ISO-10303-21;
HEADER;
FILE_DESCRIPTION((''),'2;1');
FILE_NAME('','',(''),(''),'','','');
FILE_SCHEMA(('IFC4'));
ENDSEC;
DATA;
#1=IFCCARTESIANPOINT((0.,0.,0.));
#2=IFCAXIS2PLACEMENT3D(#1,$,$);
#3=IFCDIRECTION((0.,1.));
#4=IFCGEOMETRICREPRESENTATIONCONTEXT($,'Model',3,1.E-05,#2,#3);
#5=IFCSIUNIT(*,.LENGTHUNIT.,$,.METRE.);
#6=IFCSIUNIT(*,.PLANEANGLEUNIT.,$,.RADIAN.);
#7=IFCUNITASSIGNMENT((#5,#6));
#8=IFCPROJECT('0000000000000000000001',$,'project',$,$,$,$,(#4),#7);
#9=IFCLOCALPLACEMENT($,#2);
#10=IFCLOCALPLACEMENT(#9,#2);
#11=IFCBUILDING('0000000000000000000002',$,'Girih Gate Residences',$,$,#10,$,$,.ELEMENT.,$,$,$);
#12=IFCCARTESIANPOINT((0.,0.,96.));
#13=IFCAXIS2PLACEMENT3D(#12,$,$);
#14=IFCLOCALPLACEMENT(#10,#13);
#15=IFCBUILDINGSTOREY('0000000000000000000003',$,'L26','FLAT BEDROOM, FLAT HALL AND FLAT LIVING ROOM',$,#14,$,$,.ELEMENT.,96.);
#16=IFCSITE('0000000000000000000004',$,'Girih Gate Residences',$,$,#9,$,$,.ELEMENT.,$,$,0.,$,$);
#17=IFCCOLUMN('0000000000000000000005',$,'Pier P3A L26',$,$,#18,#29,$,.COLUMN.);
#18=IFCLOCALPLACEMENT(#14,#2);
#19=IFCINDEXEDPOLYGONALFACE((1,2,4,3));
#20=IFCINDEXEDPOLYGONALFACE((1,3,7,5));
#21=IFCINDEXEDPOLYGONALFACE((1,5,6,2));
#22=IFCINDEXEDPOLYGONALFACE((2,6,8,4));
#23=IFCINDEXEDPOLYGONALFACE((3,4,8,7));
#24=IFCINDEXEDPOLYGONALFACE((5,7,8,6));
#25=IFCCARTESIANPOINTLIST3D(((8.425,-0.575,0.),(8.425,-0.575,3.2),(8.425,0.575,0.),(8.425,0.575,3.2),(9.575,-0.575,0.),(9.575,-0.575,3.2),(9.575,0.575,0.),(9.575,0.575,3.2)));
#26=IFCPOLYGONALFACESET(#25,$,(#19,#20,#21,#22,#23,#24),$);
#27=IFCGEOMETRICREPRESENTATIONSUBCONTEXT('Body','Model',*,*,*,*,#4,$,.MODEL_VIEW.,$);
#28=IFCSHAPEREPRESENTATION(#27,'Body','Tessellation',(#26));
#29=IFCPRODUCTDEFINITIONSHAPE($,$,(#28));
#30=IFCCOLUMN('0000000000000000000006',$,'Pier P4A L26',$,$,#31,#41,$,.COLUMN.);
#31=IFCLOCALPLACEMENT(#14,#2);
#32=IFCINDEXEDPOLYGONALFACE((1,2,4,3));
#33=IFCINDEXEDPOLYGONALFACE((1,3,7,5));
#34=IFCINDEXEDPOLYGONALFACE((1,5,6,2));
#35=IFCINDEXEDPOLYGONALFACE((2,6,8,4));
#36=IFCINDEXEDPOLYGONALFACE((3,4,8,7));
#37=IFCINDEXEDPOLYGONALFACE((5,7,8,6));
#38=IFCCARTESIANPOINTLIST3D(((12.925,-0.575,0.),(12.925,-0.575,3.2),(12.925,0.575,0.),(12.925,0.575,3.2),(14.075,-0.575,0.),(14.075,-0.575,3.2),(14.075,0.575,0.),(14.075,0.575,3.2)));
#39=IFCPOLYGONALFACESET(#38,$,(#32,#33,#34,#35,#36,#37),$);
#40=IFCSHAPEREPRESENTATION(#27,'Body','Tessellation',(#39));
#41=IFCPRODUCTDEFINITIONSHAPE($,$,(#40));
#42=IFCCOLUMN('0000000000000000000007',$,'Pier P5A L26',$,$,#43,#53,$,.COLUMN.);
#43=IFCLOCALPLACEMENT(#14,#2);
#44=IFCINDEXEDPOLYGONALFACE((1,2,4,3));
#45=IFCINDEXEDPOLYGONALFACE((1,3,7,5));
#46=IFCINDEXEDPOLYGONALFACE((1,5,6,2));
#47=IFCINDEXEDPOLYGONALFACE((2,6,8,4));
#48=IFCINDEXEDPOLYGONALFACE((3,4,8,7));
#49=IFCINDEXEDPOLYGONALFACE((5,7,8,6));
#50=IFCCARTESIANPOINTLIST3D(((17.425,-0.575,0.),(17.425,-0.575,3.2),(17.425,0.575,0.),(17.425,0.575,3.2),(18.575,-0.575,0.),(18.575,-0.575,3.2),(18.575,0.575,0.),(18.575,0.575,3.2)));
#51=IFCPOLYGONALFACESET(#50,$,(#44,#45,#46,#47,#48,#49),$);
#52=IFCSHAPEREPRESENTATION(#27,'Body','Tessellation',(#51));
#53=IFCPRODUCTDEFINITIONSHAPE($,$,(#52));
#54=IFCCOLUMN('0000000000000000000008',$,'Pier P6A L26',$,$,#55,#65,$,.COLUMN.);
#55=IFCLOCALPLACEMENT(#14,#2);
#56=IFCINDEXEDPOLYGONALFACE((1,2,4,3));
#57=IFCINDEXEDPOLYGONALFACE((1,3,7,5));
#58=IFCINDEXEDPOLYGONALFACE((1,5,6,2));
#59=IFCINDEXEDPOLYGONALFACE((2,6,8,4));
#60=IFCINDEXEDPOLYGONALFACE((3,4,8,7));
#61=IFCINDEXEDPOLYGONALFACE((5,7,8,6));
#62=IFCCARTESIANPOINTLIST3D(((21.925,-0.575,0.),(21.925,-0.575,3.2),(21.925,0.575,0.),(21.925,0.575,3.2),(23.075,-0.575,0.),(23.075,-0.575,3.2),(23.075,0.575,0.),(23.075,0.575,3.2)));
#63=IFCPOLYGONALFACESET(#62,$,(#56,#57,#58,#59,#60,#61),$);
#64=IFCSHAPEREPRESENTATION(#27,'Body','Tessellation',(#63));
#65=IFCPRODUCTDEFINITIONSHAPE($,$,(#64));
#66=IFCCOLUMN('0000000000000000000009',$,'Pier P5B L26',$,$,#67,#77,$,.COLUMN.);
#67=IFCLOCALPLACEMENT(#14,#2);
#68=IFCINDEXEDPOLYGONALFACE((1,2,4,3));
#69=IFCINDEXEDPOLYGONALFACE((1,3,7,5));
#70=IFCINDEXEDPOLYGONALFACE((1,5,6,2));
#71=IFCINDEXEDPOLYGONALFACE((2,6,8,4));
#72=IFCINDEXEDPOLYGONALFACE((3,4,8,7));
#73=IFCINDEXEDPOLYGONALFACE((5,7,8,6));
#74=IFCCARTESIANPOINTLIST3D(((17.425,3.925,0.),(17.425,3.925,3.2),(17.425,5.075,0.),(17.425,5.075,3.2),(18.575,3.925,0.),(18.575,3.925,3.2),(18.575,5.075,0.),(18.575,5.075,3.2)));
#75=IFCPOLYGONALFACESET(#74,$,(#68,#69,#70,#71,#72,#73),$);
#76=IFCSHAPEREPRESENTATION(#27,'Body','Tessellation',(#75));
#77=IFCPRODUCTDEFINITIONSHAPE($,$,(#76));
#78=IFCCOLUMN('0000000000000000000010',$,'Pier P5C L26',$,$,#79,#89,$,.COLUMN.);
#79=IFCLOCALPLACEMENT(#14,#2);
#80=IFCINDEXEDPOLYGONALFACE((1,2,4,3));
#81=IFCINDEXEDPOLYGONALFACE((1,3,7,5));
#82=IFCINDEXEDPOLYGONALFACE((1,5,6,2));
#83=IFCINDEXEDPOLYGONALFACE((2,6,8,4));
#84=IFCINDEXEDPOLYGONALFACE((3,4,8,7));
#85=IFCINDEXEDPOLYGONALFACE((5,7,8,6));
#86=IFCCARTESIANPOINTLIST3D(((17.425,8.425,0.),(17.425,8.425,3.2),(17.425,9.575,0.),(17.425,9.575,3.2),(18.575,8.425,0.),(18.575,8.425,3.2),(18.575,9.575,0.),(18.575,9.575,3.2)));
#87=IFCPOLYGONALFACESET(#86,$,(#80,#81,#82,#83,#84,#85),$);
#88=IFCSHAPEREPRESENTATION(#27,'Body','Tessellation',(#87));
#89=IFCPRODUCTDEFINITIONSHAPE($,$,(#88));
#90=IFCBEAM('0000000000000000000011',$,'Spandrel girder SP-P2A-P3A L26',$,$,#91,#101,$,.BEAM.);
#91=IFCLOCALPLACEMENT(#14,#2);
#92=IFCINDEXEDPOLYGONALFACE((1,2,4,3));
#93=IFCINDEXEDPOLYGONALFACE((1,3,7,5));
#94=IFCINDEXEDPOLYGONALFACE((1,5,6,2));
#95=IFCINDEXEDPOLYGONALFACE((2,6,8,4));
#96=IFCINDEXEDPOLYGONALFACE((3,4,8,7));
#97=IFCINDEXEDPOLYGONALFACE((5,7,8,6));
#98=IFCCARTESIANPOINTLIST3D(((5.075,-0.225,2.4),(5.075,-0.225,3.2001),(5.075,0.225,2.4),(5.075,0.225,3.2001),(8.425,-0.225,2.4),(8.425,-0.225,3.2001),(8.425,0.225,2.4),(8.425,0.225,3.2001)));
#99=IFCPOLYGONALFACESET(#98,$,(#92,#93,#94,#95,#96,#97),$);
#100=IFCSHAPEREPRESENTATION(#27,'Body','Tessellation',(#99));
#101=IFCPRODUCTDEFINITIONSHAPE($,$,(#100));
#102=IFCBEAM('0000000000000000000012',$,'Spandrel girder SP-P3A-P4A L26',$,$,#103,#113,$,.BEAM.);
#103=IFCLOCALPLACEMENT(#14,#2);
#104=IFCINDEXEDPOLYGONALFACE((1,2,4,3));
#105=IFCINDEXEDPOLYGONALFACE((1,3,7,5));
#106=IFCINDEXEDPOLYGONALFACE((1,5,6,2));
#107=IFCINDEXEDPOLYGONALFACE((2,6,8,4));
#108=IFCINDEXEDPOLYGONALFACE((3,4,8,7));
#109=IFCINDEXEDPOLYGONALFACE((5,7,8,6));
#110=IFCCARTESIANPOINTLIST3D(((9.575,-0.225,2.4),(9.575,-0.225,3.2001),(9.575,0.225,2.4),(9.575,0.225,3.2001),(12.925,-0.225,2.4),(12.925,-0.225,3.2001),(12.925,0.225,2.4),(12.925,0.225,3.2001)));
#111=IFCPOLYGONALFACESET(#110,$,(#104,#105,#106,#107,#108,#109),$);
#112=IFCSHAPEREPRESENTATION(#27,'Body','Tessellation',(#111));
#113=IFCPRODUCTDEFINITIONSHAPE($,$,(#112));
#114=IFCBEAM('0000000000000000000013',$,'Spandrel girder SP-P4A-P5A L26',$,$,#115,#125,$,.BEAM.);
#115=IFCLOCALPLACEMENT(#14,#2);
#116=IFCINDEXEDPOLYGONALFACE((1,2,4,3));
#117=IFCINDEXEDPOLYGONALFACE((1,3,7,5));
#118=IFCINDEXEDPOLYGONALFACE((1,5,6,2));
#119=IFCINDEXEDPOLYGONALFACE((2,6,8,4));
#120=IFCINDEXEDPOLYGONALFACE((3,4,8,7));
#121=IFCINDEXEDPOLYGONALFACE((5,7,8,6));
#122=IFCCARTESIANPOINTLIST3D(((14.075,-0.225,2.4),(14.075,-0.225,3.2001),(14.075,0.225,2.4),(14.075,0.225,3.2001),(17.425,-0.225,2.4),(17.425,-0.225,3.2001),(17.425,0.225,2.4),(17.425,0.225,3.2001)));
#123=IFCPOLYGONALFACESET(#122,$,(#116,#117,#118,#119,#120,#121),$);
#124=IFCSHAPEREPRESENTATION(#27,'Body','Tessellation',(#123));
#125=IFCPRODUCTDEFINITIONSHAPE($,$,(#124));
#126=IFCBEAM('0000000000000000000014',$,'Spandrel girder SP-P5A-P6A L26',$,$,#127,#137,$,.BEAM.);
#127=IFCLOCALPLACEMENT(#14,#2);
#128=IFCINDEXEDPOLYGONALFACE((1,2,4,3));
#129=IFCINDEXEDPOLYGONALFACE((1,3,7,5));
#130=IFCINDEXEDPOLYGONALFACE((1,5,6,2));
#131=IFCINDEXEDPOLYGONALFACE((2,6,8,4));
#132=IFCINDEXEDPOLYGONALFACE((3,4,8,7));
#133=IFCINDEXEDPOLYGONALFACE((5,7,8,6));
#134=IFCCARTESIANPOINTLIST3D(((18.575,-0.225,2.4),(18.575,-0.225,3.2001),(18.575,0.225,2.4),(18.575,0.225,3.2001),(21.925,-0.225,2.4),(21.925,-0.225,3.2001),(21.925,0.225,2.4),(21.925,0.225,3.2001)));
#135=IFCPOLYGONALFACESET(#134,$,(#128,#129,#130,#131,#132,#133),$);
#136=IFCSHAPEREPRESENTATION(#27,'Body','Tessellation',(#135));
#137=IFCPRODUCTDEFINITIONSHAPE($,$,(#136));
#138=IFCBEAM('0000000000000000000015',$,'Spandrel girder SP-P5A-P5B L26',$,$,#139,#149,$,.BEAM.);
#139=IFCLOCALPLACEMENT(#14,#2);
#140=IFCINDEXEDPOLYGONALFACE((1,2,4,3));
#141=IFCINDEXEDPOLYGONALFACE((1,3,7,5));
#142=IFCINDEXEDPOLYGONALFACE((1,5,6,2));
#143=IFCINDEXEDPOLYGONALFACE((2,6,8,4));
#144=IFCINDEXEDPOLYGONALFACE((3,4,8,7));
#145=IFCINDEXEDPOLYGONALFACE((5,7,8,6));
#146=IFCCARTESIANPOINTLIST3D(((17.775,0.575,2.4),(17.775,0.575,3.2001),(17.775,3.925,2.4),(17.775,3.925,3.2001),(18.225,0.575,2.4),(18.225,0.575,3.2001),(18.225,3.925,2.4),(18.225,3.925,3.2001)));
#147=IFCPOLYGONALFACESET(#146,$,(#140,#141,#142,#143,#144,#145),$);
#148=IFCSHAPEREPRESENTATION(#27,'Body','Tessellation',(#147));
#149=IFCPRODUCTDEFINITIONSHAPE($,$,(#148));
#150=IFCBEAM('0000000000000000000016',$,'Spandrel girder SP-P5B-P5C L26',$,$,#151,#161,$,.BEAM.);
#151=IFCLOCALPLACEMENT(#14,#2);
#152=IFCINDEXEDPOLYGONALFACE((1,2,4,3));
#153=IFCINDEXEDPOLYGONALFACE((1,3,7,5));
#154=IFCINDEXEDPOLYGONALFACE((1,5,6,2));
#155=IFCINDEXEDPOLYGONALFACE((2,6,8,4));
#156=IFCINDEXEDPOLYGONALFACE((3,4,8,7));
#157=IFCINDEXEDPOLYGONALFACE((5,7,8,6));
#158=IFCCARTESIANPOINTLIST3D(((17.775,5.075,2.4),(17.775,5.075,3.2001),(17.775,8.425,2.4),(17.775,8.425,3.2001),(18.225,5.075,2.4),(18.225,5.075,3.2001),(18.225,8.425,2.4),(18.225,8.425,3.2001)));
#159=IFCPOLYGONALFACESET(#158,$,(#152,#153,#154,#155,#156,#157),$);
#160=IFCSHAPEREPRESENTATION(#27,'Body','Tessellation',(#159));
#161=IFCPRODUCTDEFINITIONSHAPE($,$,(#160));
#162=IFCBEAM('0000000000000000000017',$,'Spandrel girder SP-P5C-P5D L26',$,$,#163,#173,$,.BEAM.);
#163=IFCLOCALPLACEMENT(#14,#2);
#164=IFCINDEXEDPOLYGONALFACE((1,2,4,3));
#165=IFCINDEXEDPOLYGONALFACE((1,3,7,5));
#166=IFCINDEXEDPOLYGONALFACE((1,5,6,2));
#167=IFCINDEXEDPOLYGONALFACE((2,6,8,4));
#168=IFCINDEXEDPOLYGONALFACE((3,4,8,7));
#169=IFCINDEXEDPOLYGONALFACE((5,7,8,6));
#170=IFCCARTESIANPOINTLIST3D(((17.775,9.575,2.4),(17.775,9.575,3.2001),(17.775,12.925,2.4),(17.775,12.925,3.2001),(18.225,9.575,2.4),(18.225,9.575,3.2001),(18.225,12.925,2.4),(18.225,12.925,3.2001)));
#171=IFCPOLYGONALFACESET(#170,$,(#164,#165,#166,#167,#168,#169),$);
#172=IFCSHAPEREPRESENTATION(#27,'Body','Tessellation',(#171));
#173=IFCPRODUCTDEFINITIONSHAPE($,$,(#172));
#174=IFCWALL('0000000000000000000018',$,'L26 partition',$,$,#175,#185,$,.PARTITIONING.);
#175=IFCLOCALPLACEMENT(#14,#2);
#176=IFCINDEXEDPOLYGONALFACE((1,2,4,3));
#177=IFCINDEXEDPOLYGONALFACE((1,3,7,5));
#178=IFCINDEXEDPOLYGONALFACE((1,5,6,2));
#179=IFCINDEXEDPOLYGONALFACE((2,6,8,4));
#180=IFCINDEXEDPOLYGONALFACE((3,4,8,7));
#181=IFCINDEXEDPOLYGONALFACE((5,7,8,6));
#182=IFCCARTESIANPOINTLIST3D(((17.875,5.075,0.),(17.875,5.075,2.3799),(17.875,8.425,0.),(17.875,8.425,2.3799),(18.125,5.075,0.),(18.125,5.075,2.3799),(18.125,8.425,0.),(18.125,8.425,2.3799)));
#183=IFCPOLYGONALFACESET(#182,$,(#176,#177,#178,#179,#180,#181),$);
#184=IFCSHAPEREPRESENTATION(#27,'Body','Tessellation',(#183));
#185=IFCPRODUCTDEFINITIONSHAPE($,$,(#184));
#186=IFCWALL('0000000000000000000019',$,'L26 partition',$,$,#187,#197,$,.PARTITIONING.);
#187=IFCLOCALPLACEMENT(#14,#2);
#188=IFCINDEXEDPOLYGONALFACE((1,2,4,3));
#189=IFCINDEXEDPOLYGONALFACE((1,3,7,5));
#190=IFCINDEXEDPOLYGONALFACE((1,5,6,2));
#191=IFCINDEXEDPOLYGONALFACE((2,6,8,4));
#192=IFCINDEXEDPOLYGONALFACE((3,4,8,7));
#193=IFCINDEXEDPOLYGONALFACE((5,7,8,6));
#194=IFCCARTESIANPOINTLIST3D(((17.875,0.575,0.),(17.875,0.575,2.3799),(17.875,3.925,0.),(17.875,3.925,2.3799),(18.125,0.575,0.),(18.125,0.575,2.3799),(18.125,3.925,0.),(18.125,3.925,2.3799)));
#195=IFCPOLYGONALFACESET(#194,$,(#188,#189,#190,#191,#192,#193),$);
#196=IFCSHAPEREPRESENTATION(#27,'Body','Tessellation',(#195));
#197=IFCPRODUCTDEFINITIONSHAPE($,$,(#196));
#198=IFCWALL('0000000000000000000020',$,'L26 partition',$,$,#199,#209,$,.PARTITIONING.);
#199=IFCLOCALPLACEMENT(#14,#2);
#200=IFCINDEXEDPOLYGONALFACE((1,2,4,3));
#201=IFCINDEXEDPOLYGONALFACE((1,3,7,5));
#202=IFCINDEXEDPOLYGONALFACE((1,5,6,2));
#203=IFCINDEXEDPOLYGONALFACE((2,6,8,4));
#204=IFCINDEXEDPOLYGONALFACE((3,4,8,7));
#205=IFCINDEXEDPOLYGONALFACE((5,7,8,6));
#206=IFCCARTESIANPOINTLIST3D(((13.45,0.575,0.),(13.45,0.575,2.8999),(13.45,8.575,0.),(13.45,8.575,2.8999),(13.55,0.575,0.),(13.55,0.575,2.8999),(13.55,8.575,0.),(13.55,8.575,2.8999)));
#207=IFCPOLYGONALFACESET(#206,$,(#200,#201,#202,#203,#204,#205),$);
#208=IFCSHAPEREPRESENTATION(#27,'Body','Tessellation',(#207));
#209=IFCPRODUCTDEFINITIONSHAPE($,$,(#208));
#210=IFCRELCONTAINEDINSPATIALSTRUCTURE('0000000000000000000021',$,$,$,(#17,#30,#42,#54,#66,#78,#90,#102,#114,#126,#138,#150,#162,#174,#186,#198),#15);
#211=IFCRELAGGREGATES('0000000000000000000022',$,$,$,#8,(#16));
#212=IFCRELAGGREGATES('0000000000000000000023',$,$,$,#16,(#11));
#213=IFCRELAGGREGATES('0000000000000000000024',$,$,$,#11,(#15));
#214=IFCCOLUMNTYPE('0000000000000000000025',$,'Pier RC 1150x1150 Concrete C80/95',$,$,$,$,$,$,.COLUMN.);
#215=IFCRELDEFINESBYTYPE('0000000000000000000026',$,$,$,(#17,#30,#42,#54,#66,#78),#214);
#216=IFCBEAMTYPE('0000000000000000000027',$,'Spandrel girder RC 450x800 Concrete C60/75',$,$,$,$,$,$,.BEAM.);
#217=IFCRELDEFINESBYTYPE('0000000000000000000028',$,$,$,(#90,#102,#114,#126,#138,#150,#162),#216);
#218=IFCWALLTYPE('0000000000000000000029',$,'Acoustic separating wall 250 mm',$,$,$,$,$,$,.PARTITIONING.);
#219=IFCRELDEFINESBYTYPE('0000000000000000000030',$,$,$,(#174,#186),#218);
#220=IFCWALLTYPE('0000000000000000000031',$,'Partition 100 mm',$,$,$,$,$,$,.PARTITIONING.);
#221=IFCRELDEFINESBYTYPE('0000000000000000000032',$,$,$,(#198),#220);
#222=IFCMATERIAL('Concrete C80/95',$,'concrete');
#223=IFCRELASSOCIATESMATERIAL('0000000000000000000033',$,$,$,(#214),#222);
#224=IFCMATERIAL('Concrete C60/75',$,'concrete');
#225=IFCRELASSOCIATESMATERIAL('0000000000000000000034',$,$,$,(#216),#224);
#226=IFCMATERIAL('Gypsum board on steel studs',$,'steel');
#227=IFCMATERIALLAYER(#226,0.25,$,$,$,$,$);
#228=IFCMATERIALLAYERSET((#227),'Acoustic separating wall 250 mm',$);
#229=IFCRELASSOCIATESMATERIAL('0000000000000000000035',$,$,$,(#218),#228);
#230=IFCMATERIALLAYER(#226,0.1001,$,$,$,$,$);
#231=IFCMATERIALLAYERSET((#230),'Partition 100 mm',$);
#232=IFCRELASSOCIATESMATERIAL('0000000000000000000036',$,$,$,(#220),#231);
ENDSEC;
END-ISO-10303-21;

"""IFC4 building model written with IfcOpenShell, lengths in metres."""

from ifc_helpers import new_model, si_unit, direction, frame, frame_2d, origin, origin_2d, place, context, subcontext, project, spatial, rectangle, extrude, material, layer, layer_set, material_profile, profile_set, type_object, element, save


model = new_model("IFC4")

# Units and contexts
model_context = context("Model", 3, precision=1e-05, world=origin(), true_north=direction((0.0, 1.0)))
body_context = subcontext(model_context, "Body", "Model", "MODEL_VIEW")
ifc_project = project(units=[si_unit("LENGTHUNIT", "METRE"), si_unit("PLANEANGLEUNIT", "RADIAN")], contexts=[model_context])

# Site, building, storey
site_placement = place(None, origin())
site = spatial("IfcSite", under=ifc_project, at=site_placement, Name="Girih Gate Residences", CompositionType="ELEMENT", RefElevation=0.0)
building_placement = place(site_placement, origin())
building = spatial("IfcBuilding", under=site, at=building_placement, Name="Girih Gate Residences", CompositionType="ELEMENT")
storey_placement = place(building_placement, frame((0.0, 0.0, 96.0)))
storey = spatial("IfcBuildingStorey", under=building, at=storey_placement, Name="L26", Description="FLAT BEDROOM, FLAT HALL AND FLAT LIVING ROOM", CompositionType="ELEMENT", Elevation=96.0)

# Columns
ifc_material_1 = material(Name="Concrete C80/95", Category="concrete")
ifc_material_profile_1 = material_profile(ifc_material_1, rectangle(XDim=1.1499, YDim=1.1499, at=origin_2d()))
ifc_profile_set_1 = profile_set([ifc_material_profile_1], Name="Concrete C80/95")
column_type = type_object("IfcColumnType", Name="Pier RC 1150x1150 Concrete C80/95", PredefinedType="COLUMN", material=ifc_profile_set_1)
for number, where, z_axis, x_axis, name in (
    (1, (9.0, 0.0, 0.0), (0.0, 0.0, 1.0), (1.0, 0.0, 0.0), "Pier P3A L26"),
    (2, (13.5, 0.0, 0.0), (0.0, 0.0, 1.0), (1.0, 0.0, 0.0), "Pier P4A L26"),
    (3, (18.0, 0.0, 0.0), (0.0, 0.0, 1.0), (1.0, 0.0, 0.0), "Pier P5A L26"),
    (4, (22.5, 0.0, 0.0), (0.0, 0.0, 1.0), (1.0, 0.0, 0.0), "Pier P6A L26"),
    (5, (18.0, 4.5, 0.0), (0.0, 0.0, 1.0), (1.0, 0.0, 0.0), "Pier P5B L26"),
    (6, (18.0, 9.0, 0.0), (0.0, 0.0, 1.0), (1.0, 0.0, 0.0), "Pier P5C L26"),
):
    element("IfcColumn", number, at=place(storey_placement, frame(where, z_axis=z_axis, x_axis=x_axis)), inside=storey, type_object=column_type, Name=name, PredefinedType="COLUMN", context=body_context, shape_type="SweptSolid", body=[
        extrude(rectangle(XDim=1.1499, YDim=1.1499, at=origin_2d()), origin(), (0.0, 0.0, 1.0), 3.2),
    ])

# Beams
ifc_material_2 = material(Name="Concrete C60/75", Category="concrete")
ifc_material_profile_2 = material_profile(ifc_material_2, rectangle(XDim=0.45, YDim=0.8, at=origin_2d()))
ifc_profile_set_2 = profile_set([ifc_material_profile_2], Name="Concrete C60/75")
beam_type = type_object("IfcBeamType", Name="Spandrel girder RC 450x800 Concrete C60/75", PredefinedType="BEAM", material=ifc_profile_set_2)
for number, where, z_axis, x_axis, name in (
    (7, (5.075, 0.0, 2.8), (1.0, 0.0, 0.0), (0.0, 1.0, 0.0), "Spandrel girder SP-P2A-P3A L26"),
    (8, (9.575, 0.0, 2.8), (1.0, 0.0, 0.0), (0.0, 1.0, 0.0), "Spandrel girder SP-P3A-P4A L26"),
    (9, (14.075, 0.0, 2.8), (1.0, 0.0, 0.0), (0.0, 1.0, 0.0), "Spandrel girder SP-P4A-P5A L26"),
    (10, (18.575, 0.0, 2.8), (1.0, 0.0, 0.0), (0.0, 1.0, 0.0), "Spandrel girder SP-P5A-P6A L26"),
    (11, (18.0, 0.575, 2.8), (0.0, 1.0, 0.0), (-1.0, 0.0, 0.0), "Spandrel girder SP-P5A-P5B L26"),
    (12, (18.0, 5.075, 2.8), (0.0, 1.0, 0.0), (-1.0, 0.0, 0.0), "Spandrel girder SP-P5B-P5C L26"),
    (13, (18.0, 9.575, 2.8), (0.0, 1.0, 0.0), (-1.0, 0.0, 0.0), "Spandrel girder SP-P5C-P5D L26"),
):
    element("IfcBeam", number, at=place(storey_placement, frame(where, z_axis=z_axis, x_axis=x_axis)), inside=storey, type_object=beam_type, Name=name, PredefinedType="BEAM", context=body_context, shape_type="SweptSolid", body=[
        extrude(rectangle(XDim=0.45, YDim=0.8, at=origin_2d()), origin(), (0.0, 0.0, 1.0), 3.3501),
    ])

# Walls
ifc_material_3 = material(Name="Gypsum board on steel studs", Category="steel")
ifc_layer_1 = layer(ifc_material_3, 0.25)
ifc_layer_set_1 = layer_set([ifc_layer_1], Name="Acoustic separating wall 250 mm")
wall_type_1 = type_object("IfcWallType", Name="Acoustic separating wall 250 mm", PredefinedType="PARTITIONING", material=ifc_layer_set_1)
for number, where, z_axis, x_axis, name in (
    (14, (18.0, 5.075, 0.0), (0.0, 0.0, 1.0), (0.0, 1.0, 0.0), "L26 partition"),
    (15, (18.0, 0.575, 0.0), (0.0, 0.0, 1.0), (0.0, 1.0, 0.0), "L26 partition"),
):
    element("IfcWall", number, at=place(storey_placement, frame(where, z_axis=z_axis, x_axis=x_axis)), inside=storey, type_object=wall_type_1, Name=name, PredefinedType="PARTITIONING", context=body_context, shape_type="SweptSolid", body=[
        extrude(rectangle(XDim=3.3501, YDim=0.25, at=frame_2d((1.675, 0.0))), origin(), (0.0, 0.0, 1.0), 2.3799),
    ])
ifc_layer_2 = layer(ifc_material_3, 0.1001)
ifc_layer_set_2 = layer_set([ifc_layer_2], Name="Partition 100 mm")
wall_type_2 = type_object("IfcWallType", Name="Partition 100 mm", PredefinedType="PARTITIONING", material=ifc_layer_set_2)
wall_1_placement = place(storey_placement, frame((13.5, 0.575, 0.0), z_axis=(0.0, 0.0, 1.0), x_axis=(0.0, 1.0, 0.0)))
element("IfcWall", 16, at=wall_1_placement, inside=storey, type_object=wall_type_2, Name="L26 partition", PredefinedType="PARTITIONING", context=body_context, shape_type="SweptSolid", body=[
    extrude(rectangle(XDim=8.0, YDim=0.1001, at=frame_2d((4.0, 0.0))), origin(), (0.0, 0.0, 1.0), 2.8999),
])

save(model, "model.ifc")
